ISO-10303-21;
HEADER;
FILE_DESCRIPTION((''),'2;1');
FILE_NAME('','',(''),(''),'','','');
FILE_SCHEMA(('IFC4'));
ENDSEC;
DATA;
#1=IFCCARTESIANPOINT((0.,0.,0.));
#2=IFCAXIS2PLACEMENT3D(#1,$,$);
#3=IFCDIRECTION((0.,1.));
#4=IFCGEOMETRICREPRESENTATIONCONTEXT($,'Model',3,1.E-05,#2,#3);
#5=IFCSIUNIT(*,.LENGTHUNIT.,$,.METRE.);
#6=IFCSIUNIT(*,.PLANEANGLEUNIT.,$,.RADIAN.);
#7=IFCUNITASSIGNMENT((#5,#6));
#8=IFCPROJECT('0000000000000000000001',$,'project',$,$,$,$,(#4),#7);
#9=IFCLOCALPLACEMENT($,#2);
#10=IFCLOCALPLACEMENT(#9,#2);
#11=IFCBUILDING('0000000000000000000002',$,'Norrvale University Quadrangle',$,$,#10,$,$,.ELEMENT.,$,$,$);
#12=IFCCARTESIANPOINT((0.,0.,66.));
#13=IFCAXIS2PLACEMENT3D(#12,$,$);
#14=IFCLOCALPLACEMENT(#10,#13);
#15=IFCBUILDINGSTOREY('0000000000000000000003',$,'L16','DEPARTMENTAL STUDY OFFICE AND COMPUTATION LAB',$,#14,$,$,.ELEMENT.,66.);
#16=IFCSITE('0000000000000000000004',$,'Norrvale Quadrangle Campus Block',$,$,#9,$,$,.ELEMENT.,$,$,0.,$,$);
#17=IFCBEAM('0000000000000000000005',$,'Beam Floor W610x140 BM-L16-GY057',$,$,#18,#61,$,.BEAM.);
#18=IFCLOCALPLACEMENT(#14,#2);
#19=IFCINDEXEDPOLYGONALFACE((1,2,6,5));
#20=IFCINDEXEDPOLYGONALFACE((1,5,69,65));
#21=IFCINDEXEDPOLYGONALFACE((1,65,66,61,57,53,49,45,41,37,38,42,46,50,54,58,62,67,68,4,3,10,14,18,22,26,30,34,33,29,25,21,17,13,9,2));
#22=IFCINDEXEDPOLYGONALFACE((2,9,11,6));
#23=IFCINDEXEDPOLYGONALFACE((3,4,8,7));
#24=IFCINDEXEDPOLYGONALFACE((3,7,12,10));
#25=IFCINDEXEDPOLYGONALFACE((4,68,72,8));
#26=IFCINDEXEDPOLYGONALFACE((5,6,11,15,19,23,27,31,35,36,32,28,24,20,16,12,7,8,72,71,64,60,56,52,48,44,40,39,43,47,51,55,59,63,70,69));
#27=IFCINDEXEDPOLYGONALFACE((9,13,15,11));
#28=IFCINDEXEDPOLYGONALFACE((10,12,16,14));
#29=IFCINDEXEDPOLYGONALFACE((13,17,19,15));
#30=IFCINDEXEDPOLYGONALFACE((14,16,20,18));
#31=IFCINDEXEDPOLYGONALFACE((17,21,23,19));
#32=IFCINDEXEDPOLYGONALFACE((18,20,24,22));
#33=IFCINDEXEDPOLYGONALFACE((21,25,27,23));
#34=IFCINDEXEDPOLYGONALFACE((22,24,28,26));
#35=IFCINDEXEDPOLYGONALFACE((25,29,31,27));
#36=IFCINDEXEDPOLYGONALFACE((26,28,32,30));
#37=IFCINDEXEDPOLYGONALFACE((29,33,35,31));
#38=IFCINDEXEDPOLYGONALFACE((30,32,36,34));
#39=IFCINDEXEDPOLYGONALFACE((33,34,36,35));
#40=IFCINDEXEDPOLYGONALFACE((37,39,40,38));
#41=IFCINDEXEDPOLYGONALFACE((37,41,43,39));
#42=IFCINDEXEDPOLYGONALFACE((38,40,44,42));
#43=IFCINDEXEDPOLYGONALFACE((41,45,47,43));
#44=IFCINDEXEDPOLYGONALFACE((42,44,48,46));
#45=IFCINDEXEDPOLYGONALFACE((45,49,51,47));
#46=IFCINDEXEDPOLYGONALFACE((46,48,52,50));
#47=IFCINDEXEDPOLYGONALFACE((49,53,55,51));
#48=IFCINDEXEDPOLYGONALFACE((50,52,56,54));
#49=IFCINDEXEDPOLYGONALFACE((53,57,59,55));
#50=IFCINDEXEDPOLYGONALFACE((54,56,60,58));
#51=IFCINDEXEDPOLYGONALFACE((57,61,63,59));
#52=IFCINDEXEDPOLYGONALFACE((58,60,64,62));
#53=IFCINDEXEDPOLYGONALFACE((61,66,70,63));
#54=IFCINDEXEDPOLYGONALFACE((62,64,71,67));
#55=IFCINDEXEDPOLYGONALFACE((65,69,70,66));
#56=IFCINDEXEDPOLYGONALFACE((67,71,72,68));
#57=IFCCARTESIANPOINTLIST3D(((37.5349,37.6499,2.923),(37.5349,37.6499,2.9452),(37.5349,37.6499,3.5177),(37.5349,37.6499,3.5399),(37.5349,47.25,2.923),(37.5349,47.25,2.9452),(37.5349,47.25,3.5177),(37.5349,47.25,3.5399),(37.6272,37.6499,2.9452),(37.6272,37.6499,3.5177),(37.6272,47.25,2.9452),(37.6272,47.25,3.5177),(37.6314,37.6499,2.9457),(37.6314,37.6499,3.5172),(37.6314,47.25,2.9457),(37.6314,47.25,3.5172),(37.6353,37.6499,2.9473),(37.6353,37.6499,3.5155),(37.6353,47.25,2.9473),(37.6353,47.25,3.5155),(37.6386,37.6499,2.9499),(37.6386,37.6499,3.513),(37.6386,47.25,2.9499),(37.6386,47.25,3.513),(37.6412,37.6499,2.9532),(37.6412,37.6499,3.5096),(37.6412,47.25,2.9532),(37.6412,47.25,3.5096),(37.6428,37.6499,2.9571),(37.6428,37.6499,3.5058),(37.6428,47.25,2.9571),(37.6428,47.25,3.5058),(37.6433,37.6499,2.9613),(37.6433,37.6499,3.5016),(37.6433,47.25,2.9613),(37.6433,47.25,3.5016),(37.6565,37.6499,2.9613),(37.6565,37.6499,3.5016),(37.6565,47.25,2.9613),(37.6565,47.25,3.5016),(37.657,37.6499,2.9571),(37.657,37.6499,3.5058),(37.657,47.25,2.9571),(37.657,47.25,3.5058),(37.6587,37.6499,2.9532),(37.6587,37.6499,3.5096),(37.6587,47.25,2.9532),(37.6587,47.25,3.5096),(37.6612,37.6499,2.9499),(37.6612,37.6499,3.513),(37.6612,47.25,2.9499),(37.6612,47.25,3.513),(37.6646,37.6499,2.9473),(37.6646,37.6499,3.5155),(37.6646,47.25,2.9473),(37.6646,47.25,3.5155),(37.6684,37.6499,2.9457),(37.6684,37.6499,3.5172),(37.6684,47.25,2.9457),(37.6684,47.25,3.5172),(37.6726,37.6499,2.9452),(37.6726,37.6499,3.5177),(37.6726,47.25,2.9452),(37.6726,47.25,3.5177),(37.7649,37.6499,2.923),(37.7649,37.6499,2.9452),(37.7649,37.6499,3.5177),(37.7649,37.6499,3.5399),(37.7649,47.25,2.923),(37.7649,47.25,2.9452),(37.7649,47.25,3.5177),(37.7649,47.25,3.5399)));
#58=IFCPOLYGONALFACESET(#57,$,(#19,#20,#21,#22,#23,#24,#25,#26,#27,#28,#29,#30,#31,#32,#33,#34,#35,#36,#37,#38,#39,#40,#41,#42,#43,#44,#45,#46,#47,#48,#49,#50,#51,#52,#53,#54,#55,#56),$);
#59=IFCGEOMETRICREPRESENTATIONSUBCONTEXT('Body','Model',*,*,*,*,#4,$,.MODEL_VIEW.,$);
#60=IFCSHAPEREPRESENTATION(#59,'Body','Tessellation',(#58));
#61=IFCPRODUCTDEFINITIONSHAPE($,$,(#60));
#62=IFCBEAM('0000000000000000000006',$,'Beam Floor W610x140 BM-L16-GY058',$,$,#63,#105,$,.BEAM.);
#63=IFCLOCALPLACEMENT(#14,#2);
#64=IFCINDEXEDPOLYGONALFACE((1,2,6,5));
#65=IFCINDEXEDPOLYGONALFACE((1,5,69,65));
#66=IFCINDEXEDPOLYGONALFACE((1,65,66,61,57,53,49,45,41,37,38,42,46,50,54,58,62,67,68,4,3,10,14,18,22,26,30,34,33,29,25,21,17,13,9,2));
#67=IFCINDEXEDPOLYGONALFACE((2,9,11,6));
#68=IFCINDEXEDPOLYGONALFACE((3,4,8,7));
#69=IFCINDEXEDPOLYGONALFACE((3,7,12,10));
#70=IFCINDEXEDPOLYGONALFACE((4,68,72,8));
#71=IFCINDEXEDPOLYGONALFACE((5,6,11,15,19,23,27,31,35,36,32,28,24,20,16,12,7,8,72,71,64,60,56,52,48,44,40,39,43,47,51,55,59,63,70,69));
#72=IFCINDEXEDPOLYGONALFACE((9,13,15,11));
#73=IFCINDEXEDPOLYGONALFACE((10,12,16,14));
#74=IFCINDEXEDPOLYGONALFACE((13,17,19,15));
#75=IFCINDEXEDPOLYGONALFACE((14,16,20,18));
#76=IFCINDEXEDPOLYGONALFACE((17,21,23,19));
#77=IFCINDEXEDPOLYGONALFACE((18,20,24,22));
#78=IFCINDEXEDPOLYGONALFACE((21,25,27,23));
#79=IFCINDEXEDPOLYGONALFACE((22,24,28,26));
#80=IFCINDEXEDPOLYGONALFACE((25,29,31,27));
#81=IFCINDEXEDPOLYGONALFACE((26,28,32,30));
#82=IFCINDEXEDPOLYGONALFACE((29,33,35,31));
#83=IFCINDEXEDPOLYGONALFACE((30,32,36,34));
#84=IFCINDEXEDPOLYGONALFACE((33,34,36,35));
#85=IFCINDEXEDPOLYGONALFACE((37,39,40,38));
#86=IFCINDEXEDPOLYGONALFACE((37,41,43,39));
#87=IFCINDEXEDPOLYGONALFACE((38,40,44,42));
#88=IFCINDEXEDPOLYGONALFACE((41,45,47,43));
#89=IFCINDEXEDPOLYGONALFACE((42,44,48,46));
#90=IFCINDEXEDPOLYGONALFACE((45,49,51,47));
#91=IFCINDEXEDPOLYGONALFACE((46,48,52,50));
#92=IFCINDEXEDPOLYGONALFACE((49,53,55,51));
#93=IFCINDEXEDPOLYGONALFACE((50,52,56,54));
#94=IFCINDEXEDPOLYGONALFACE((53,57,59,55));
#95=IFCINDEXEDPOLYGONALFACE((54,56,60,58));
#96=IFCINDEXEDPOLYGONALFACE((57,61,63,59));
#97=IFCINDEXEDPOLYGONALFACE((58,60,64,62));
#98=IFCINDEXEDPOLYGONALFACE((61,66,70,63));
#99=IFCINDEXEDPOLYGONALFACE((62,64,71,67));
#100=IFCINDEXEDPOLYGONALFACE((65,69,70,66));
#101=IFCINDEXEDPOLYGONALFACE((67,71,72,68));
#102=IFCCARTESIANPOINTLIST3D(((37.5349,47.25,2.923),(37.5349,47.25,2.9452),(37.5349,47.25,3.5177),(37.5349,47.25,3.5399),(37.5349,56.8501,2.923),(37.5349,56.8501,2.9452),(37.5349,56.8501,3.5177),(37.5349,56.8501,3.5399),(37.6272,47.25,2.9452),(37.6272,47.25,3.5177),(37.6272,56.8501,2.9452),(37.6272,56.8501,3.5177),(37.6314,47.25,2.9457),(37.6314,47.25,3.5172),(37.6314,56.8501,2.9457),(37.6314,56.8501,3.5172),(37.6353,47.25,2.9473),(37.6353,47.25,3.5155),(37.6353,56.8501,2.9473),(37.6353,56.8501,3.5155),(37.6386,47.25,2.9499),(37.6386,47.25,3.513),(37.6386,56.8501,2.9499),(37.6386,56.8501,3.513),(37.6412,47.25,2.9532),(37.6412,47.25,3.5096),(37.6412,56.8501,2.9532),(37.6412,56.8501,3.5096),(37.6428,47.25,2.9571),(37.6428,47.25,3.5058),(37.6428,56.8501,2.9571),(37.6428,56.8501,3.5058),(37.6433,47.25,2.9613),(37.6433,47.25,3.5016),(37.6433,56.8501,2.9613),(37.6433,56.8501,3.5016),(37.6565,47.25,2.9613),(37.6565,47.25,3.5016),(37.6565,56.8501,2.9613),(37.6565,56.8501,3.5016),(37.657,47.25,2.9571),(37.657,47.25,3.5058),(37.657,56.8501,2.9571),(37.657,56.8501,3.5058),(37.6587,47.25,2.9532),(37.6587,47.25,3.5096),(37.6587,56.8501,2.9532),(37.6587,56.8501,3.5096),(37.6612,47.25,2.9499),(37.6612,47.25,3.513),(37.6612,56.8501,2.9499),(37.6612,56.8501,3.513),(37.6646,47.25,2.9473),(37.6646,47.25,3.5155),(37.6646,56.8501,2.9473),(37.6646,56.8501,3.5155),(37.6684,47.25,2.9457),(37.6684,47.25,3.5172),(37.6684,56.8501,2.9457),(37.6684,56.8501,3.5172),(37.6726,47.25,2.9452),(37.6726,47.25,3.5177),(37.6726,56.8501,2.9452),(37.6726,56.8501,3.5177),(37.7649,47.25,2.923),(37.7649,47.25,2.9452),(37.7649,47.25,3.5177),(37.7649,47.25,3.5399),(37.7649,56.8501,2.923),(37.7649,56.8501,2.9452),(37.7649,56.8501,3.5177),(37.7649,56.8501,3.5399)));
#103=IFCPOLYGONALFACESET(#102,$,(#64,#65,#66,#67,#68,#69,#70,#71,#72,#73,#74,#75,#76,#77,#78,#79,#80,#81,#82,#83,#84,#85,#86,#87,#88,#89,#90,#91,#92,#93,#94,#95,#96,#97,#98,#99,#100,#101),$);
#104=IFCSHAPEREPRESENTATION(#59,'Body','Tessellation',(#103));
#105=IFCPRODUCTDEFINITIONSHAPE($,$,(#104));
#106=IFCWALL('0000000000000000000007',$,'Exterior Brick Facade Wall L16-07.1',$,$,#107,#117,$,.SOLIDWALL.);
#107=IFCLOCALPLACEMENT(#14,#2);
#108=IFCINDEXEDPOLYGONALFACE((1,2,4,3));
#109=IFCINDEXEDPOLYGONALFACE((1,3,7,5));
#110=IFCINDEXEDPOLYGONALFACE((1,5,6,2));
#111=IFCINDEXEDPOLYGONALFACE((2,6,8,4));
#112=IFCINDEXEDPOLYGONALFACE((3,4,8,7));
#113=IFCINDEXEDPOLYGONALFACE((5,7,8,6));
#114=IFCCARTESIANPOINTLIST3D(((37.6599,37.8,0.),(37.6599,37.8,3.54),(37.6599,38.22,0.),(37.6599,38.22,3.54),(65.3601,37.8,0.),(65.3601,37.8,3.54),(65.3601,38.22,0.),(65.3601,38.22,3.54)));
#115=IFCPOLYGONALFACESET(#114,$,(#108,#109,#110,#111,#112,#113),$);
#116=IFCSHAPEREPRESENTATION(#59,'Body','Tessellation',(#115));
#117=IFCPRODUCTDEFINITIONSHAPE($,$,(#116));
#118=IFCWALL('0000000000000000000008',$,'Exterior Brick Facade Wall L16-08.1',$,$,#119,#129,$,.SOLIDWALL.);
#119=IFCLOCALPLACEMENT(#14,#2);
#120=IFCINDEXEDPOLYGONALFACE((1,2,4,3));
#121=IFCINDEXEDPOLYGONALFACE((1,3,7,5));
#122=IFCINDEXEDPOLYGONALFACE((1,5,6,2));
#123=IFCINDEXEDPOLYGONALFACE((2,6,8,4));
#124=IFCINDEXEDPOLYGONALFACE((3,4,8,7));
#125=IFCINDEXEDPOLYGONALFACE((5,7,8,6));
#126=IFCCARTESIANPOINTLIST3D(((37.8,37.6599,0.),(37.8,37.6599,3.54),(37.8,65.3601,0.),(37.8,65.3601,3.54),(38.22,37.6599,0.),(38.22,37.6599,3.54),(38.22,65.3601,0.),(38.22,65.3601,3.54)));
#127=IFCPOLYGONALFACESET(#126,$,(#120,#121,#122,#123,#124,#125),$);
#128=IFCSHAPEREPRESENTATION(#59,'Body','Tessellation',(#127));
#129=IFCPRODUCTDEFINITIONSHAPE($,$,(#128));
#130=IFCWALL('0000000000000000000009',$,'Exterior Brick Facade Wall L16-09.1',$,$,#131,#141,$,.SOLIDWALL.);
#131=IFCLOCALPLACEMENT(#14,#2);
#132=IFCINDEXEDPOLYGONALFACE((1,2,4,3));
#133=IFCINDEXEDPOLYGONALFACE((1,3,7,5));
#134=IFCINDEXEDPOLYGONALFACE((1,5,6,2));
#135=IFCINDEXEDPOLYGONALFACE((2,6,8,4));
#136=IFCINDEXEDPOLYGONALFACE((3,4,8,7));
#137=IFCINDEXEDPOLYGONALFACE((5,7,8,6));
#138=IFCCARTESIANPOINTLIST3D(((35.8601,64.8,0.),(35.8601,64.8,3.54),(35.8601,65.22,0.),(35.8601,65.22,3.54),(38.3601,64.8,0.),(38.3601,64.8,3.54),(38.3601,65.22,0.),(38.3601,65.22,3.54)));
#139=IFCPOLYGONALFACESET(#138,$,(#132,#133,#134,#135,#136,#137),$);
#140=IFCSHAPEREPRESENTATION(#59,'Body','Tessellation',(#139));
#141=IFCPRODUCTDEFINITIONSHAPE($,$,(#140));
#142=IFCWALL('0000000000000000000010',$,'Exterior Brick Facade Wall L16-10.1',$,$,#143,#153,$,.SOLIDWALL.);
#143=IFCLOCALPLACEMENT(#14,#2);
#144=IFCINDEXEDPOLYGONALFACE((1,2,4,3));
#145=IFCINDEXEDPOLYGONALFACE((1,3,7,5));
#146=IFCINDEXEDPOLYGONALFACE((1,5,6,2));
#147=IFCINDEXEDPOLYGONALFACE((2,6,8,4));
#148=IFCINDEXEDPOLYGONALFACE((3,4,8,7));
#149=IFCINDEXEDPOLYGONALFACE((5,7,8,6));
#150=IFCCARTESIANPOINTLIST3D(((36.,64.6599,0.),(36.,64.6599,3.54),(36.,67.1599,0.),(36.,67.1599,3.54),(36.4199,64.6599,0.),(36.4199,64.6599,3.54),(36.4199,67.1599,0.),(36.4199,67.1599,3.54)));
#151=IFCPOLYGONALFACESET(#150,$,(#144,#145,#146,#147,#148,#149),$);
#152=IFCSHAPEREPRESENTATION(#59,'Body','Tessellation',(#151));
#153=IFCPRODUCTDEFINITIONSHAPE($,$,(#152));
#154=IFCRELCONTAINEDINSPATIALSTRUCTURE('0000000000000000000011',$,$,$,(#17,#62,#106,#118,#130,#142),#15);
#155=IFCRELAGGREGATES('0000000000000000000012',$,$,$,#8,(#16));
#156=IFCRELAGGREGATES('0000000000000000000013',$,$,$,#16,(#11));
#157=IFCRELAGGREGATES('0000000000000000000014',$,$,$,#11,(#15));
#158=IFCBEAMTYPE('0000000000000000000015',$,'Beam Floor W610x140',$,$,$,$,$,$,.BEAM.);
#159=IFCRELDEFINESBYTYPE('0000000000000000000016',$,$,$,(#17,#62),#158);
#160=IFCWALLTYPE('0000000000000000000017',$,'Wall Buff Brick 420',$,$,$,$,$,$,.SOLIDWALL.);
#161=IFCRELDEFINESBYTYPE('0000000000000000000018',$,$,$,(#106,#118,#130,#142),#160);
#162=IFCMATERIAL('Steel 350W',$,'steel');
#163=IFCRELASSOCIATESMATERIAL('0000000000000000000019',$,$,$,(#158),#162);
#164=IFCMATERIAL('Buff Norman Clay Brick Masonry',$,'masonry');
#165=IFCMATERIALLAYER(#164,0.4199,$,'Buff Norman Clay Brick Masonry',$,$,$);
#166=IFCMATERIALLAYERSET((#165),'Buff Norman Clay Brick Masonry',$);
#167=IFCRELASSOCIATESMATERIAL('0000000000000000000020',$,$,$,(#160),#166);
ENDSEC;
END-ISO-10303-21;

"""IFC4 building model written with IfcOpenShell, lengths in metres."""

from ifc_helpers import new_model, si_unit, direction, frame, frame_2d, origin, origin_2d, place, context, subcontext, project, spatial, rectangle, i_section, extrude, material, layer, layer_set, material_profile, profile_set, type_object, element, save


model = new_model("IFC4")

# Units and contexts
model_context = context("Model", 3, precision=1e-05, world=origin(), true_north=direction((0.0, 1.0)))
body_context = subcontext(model_context, "Body", "Model", "MODEL_VIEW")
ifc_project = project(units=[si_unit("LENGTHUNIT", "METRE"), si_unit("PLANEANGLEUNIT", "RADIAN")], contexts=[model_context])

# Site, building, storey
site_placement = place(None, origin())
site = spatial("IfcSite", under=ifc_project, at=site_placement, Name="Norrvale Quadrangle Campus Block", CompositionType="ELEMENT", RefElevation=0.0)
building_placement = place(site_placement, origin())
building = spatial("IfcBuilding", under=site, at=building_placement, Name="Norrvale University Quadrangle", CompositionType="ELEMENT")
storey_placement = place(building_placement, frame((0.0, 0.0, 66.0)))
storey = spatial("IfcBuildingStorey", under=building, at=storey_placement, Name="L16", Description="DEPARTMENTAL STUDY OFFICE AND COMPUTATION LAB", CompositionType="ELEMENT", Elevation=66.0)

# Beams
ifc_material_1 = material(Name="Steel 350W", Category="steel")
ifc_material_profile_1 = material_profile(ifc_material_1, i_section(OverallWidth=0.23, OverallDepth=0.6169, WebThickness=0.0132, FlangeThickness=0.0222, FilletRadius=0.0161, at=origin_2d()), Name="Steel 350W")
ifc_profile_set_1 = profile_set([ifc_material_profile_1], Name="Steel 350W")
beam_type_1 = type_object("IfcBeamType", Name="Beam Floor W610x140", PredefinedType="BEAM", material=ifc_profile_set_1)
for number, where, z_axis, x_axis, name in (
    (1, (37.6499, 37.6499, 3.2314), (0.0, 1.0, 0.0), (-1.0, 0.0, 0.0), "Beam Floor W610x140 BM-L16-GY057"),
    (2, (37.6499, 47.25, 3.2314), (0.0, 1.0, 0.0), (-1.0, 0.0, 0.0), "Beam Floor W610x140 BM-L16-GY058"),
):
    element("IfcBeam", number, at=place(storey_placement, frame(where, z_axis=z_axis, x_axis=x_axis)), inside=storey, type_object=beam_type_1, Name=name, PredefinedType="BEAM", context=body_context, shape_type="SweptSolid", body=[
        extrude(i_section(OverallWidth=0.23, OverallDepth=0.6169, WebThickness=0.0132, FlangeThickness=0.0222, FilletRadius=0.0161, at=origin_2d()), origin(), (0.0, 0.0, 1.0), 9.6001),
    ])

# Walls
ifc_material_2 = material(Name="Buff Norman Clay Brick Masonry", Category="masonry")
ifc_layer = layer(ifc_material_2, 0.4199, Name="Buff Norman Clay Brick Masonry")
ifc_layer_set = layer_set([ifc_layer], Name="Buff Norman Clay Brick Masonry")
wall_type = type_object("IfcWallType", Name="Wall Buff Brick 420", PredefinedType="SOLIDWALL", material=ifc_layer_set)
for number, where, z_axis, x_axis, name in (
    (3, (65.3601, 38.01, 0.0), (0.0, 0.0, 1.0), (-1.0, 0.0, 0.0), "Exterior Brick Facade Wall L16-07.1"),
    (4, (38.01, 37.6599, 0.0), (0.0, 0.0, 1.0), (0.0, 1.0, 0.0), "Exterior Brick Facade Wall L16-08.1"),
):
    element("IfcWall", number, at=place(storey_placement, frame(where, z_axis=z_axis, x_axis=x_axis)), inside=storey, type_object=wall_type, Name=name, PredefinedType="SOLIDWALL", context=body_context, shape_type="SweptSolid", body=[
        extrude(rectangle(XDim=27.7002, YDim=0.4199, at=frame_2d((13.8501, 0.0))), origin(), (0.0, 0.0, 1.0), 3.54),
    ])
for number, where, z_axis, x_axis, name in (
    (5, (38.3601, 65.01, 0.0), (0.0, 0.0, 1.0), (-1.0, 0.0, 0.0), "Exterior Brick Facade Wall L16-09.1"),
    (6, (36.21, 64.6599, 0.0), (0.0, 0.0, 1.0), (0.0, 1.0, 0.0), "Exterior Brick Facade Wall L16-10.1"),
):
    element("IfcWall", number, at=place(storey_placement, frame(where, z_axis=z_axis, x_axis=x_axis)), inside=storey, type_object=wall_type, Name=name, PredefinedType="SOLIDWALL", context=body_context, shape_type="SweptSolid", body=[
        extrude(rectangle(XDim=2.5, YDim=0.4199, at=frame_2d((1.25, 0.0))), origin(), (0.0, 0.0, 1.0), 3.54),
    ])

save(model, "model.ifc")
